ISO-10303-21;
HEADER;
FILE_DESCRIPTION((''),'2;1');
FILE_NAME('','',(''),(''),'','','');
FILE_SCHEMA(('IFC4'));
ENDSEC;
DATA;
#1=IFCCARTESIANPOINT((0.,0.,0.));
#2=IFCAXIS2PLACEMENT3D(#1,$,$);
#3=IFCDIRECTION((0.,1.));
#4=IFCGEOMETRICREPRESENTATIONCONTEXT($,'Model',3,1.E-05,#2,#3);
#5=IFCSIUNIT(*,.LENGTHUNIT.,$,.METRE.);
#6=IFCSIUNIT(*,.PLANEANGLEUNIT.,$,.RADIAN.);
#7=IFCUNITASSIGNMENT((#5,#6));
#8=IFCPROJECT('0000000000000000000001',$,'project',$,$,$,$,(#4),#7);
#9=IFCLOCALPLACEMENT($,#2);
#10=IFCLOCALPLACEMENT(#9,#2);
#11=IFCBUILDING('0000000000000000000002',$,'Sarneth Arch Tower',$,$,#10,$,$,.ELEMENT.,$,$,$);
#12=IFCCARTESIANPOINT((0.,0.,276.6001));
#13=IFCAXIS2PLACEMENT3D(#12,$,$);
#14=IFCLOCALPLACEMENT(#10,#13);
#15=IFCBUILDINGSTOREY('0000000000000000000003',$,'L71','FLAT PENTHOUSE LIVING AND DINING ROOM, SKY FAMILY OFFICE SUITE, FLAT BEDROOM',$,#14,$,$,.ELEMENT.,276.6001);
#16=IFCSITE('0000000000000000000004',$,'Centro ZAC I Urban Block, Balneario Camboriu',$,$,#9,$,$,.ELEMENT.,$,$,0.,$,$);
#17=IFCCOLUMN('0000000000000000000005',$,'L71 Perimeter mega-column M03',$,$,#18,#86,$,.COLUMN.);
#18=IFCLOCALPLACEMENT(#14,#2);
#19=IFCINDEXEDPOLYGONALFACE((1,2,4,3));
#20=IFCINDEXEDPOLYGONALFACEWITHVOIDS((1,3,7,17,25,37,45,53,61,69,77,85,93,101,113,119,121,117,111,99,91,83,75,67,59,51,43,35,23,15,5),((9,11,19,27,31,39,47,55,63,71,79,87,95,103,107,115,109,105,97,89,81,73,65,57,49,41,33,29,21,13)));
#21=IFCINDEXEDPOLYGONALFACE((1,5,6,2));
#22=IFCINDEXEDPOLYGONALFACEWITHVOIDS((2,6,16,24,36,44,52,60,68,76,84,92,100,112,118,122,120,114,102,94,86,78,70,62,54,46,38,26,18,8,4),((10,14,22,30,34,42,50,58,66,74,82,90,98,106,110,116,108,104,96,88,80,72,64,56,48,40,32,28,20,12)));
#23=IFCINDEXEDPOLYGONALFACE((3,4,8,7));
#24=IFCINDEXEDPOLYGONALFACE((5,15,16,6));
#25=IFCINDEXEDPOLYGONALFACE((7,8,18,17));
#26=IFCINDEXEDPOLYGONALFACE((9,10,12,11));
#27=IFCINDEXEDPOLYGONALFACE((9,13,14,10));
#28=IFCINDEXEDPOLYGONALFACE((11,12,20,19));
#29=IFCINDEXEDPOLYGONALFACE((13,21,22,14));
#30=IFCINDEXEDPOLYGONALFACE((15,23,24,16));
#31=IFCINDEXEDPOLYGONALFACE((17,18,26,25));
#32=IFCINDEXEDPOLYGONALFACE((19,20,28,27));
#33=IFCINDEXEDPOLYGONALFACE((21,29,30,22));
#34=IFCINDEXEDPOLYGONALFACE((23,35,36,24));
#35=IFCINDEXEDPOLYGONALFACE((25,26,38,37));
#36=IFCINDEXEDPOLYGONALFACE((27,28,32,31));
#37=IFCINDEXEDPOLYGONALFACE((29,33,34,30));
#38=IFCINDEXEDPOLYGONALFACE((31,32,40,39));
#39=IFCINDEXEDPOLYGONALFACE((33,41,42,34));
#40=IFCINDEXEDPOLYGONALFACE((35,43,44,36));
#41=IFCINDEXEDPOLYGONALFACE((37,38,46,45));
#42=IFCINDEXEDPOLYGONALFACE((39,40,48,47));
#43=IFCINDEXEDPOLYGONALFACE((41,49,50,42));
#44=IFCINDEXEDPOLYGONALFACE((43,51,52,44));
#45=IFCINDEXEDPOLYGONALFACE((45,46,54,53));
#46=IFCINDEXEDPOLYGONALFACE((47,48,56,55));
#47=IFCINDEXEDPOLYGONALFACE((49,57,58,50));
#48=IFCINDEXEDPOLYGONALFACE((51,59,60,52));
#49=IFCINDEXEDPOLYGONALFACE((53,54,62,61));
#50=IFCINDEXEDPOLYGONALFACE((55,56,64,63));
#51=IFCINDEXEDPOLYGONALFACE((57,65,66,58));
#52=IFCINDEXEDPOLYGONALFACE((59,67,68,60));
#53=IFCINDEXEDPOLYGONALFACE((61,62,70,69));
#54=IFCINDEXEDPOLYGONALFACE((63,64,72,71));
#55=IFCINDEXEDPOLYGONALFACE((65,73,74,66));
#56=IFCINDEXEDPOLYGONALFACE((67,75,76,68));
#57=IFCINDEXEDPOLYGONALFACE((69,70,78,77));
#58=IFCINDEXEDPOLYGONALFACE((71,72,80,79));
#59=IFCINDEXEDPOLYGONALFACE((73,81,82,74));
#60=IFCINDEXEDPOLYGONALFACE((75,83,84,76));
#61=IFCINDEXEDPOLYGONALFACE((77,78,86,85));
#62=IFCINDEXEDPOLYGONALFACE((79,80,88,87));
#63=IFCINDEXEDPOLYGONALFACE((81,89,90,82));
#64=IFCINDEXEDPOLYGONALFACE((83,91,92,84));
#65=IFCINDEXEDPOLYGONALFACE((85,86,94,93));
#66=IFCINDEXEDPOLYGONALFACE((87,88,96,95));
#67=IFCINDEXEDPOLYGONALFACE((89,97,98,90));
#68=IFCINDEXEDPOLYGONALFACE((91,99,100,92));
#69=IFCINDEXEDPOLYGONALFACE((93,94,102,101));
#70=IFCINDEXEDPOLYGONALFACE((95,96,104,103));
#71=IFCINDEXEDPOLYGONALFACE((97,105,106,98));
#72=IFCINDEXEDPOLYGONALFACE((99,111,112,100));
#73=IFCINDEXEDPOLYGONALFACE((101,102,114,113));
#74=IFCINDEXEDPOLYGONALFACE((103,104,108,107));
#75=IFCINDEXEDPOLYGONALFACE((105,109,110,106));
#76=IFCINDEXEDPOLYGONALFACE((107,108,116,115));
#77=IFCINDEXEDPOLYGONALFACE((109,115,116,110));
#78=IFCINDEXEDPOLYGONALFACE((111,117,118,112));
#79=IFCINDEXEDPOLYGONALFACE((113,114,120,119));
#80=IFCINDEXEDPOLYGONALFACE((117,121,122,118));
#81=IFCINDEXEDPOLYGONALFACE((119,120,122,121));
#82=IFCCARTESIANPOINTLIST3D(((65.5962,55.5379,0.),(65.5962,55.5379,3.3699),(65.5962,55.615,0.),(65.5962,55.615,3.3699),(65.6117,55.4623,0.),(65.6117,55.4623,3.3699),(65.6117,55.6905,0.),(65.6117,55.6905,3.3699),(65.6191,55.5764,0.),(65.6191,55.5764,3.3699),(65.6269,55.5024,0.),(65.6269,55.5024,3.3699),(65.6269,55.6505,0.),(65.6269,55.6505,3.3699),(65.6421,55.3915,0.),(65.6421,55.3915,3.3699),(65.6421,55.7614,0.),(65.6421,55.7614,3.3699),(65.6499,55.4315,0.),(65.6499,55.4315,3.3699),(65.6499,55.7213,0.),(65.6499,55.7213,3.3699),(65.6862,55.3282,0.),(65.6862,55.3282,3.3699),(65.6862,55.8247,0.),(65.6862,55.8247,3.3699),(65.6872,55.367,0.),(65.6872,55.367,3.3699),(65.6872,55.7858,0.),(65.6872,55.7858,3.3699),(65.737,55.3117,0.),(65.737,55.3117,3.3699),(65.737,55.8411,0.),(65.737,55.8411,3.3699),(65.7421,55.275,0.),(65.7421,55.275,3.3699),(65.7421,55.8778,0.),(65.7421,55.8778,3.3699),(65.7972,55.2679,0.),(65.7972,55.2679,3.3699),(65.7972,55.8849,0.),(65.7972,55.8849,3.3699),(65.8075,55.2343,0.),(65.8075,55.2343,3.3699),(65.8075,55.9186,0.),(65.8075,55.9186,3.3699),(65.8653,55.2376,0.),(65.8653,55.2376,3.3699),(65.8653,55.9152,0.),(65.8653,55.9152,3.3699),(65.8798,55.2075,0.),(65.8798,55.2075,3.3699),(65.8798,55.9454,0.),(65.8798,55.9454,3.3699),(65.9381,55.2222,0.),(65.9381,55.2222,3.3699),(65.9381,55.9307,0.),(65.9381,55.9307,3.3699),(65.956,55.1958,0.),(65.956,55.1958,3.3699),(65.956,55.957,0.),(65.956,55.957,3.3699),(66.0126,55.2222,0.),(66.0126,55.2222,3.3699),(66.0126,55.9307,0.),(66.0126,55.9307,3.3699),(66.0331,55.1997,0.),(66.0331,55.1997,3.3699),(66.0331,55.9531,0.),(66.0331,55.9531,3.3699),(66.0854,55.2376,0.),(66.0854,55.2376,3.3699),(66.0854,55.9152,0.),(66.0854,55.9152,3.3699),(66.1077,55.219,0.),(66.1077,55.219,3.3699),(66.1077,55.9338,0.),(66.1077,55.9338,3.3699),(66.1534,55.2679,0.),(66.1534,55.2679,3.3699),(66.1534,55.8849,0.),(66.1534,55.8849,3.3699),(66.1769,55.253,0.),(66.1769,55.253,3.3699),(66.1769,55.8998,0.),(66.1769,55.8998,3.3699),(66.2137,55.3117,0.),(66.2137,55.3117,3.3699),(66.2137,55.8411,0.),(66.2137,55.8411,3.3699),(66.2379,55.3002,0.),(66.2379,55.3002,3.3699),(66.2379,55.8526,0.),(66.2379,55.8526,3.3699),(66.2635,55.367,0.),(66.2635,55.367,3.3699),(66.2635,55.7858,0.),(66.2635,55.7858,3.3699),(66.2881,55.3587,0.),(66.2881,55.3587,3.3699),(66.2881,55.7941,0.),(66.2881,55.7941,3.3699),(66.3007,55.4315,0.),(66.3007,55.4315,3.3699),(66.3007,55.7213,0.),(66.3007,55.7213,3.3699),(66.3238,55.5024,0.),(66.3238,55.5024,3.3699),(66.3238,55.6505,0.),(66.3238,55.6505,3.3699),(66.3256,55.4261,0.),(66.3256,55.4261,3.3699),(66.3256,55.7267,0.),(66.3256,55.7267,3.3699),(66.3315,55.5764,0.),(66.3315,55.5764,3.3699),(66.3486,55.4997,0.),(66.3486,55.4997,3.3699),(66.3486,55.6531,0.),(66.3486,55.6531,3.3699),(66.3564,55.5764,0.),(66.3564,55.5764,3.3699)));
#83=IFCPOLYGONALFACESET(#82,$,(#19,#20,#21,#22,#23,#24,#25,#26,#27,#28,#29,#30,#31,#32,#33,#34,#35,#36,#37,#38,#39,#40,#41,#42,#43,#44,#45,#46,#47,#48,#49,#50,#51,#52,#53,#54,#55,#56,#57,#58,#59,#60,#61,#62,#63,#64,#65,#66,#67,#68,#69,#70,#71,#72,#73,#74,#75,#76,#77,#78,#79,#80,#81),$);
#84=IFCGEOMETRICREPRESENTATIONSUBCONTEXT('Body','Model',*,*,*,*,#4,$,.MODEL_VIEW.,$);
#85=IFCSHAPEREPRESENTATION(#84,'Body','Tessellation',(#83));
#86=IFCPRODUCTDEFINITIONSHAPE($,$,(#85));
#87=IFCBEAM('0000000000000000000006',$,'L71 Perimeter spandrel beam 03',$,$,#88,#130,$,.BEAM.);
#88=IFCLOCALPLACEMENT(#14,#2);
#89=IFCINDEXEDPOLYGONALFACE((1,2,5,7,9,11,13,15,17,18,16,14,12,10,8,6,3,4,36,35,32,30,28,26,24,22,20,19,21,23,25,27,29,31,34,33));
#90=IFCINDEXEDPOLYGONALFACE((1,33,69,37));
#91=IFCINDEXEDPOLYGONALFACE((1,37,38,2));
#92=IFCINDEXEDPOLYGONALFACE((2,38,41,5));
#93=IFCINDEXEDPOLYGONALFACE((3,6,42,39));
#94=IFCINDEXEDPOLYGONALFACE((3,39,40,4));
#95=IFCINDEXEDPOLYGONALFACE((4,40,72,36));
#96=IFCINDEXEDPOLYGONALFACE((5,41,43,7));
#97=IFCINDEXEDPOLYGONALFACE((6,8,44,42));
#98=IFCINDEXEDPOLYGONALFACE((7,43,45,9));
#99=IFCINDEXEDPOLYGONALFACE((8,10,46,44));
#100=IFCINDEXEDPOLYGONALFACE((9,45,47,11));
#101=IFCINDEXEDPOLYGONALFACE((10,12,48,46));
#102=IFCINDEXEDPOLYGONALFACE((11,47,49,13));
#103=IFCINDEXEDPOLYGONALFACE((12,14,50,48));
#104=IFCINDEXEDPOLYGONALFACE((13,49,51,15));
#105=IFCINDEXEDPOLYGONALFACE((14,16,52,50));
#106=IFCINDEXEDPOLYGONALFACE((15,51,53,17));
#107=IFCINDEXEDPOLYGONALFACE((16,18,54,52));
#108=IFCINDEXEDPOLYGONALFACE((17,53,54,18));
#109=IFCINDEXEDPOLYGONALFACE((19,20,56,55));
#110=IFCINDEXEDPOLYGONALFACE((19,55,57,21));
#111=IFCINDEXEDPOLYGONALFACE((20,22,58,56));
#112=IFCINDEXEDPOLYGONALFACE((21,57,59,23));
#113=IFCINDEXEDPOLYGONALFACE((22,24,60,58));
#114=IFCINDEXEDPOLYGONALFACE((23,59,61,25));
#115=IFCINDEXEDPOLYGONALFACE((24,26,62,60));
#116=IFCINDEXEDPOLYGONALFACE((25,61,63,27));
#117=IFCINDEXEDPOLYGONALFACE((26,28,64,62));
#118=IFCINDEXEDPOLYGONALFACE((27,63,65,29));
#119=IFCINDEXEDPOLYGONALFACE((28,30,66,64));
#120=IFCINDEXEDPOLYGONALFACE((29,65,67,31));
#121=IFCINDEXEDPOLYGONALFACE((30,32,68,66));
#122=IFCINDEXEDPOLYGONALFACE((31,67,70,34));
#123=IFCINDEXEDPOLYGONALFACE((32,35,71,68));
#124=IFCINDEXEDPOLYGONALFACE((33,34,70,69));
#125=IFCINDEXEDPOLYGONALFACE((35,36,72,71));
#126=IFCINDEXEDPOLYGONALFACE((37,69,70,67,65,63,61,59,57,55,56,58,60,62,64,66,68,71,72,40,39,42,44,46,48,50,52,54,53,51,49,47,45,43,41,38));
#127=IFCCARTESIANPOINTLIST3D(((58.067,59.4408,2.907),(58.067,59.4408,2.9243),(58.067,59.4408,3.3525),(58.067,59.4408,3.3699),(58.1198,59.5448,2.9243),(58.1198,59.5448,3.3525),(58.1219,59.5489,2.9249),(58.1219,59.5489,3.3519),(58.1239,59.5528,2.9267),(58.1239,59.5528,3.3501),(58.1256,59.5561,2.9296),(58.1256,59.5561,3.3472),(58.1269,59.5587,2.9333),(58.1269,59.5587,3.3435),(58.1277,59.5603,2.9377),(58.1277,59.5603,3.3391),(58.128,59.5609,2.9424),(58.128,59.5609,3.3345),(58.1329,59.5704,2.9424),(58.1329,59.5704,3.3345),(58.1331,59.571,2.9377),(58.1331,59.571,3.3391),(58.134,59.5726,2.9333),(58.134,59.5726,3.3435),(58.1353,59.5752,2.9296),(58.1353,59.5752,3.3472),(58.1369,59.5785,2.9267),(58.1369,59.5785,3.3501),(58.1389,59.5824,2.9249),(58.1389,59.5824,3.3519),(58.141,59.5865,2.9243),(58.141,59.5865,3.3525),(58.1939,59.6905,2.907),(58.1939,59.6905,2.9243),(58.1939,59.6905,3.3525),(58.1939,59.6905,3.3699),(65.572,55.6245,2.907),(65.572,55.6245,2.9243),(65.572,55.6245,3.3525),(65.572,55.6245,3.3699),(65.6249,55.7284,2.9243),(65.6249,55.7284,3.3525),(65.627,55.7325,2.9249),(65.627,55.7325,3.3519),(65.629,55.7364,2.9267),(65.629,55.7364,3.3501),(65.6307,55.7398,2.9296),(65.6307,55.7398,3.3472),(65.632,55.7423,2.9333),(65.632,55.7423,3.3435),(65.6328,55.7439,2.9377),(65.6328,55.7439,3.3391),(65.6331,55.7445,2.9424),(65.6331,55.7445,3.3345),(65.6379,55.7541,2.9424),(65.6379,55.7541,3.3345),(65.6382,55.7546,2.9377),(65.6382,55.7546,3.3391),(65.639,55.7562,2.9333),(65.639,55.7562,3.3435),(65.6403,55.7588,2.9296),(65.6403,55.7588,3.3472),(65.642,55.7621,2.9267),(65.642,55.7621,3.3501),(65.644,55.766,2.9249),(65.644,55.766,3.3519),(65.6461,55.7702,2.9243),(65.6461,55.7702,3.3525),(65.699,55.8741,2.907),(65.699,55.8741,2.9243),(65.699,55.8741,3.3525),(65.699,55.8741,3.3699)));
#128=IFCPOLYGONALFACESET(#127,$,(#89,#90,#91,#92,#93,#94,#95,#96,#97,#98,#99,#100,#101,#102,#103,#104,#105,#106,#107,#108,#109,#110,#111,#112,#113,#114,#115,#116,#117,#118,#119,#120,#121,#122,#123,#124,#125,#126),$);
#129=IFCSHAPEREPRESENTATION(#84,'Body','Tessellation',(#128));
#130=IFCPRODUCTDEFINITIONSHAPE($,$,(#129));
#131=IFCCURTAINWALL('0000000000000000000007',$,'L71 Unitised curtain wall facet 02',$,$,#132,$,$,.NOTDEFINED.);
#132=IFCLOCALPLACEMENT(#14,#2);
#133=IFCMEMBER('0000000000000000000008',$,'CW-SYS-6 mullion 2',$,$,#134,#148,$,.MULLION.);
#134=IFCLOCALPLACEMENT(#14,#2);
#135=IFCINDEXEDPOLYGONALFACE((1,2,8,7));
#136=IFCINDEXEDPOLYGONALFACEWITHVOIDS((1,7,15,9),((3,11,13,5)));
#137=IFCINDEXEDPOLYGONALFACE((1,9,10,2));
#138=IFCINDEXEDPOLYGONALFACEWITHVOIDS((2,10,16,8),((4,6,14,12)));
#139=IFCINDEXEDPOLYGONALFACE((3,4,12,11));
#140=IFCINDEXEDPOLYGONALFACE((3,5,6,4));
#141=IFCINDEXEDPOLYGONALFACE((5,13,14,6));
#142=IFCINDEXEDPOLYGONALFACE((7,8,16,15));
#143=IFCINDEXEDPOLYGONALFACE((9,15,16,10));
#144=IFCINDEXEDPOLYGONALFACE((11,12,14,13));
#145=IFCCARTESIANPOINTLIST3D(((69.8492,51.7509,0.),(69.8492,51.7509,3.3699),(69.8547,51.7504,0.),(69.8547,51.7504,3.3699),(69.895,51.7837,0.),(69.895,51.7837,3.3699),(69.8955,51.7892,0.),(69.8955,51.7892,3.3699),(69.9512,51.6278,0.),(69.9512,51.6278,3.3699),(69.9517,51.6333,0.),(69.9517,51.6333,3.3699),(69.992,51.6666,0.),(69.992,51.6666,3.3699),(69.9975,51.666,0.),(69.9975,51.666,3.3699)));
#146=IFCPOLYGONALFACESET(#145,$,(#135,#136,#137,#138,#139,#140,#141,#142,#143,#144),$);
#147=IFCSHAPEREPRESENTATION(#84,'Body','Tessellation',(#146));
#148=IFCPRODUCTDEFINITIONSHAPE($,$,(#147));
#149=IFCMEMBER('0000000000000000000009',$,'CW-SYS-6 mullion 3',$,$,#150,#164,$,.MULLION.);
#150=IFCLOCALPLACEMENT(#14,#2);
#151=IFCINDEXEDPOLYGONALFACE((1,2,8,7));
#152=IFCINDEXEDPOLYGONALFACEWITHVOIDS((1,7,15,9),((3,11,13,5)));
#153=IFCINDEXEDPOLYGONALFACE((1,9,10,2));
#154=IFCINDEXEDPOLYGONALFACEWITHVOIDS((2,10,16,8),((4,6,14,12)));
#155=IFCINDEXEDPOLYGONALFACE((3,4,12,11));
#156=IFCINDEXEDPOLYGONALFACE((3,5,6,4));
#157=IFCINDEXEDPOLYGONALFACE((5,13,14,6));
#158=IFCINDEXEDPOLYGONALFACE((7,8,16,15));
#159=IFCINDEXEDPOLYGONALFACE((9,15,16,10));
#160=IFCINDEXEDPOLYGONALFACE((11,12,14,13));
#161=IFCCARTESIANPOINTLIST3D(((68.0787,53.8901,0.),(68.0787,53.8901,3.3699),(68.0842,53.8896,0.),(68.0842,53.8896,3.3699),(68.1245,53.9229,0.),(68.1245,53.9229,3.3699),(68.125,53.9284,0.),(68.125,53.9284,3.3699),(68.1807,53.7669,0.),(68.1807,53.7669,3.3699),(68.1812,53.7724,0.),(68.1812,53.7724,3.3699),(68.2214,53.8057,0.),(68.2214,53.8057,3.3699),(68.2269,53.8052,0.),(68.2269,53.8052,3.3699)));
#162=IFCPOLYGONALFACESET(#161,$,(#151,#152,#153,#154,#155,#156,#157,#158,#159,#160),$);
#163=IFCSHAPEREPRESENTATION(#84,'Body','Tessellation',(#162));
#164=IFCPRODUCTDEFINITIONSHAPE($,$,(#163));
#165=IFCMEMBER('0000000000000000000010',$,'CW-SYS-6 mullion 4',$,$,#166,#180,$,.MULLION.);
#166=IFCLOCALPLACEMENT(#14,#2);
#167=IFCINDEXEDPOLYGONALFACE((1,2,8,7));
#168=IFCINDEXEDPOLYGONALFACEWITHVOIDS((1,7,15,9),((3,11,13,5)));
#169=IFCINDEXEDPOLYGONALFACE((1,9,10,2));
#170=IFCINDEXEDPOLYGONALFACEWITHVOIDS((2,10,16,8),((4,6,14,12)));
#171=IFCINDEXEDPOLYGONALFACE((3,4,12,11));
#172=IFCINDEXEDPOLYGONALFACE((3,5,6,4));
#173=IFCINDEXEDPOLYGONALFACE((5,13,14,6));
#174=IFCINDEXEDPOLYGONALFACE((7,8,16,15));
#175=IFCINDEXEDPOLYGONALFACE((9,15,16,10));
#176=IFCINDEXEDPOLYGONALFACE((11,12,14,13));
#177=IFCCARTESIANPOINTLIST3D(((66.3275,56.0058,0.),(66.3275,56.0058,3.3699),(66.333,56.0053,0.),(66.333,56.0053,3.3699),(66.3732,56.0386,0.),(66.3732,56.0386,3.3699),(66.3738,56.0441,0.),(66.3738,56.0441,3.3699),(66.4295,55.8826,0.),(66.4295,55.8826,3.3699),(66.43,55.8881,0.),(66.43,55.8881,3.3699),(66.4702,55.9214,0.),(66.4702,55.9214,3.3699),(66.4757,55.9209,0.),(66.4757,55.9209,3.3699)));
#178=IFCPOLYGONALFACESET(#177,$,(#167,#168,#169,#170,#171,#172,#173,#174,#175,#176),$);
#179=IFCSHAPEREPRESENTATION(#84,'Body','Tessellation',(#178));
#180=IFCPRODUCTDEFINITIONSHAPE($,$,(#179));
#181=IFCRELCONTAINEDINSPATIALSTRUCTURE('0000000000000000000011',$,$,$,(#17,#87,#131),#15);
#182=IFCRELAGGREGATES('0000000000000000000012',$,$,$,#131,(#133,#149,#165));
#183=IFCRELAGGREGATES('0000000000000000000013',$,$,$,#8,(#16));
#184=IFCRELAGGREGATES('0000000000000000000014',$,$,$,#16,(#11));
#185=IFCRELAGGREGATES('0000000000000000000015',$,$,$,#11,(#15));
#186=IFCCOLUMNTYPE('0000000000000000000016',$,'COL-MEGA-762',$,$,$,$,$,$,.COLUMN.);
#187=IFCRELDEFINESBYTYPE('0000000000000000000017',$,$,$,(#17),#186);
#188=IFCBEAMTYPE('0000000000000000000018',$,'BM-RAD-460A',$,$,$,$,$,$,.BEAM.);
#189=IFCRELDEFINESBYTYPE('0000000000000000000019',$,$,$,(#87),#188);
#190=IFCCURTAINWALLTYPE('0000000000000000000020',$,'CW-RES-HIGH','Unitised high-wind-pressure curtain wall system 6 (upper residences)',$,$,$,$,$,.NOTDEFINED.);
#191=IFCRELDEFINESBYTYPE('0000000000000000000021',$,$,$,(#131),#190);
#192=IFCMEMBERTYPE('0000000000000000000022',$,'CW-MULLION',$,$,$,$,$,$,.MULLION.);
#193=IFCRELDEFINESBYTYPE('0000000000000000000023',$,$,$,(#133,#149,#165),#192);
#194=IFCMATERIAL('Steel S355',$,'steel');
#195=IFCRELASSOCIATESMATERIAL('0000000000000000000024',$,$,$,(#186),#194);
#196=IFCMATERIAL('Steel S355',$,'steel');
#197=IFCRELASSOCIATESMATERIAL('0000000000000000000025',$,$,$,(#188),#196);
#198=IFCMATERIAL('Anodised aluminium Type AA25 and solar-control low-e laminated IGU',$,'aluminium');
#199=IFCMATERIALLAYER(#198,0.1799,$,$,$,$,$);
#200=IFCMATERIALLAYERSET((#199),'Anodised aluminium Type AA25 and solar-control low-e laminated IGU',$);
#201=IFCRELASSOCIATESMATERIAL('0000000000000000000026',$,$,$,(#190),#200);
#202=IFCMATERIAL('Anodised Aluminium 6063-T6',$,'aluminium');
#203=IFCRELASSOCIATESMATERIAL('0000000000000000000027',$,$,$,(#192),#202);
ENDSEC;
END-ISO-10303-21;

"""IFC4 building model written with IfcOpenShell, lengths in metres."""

from ifc_helpers import new_model, si_unit, direction, frame, origin, origin_2d, place, context, subcontext, project, spatial, hollow_rectangle, hollow_circle, i_section, extrude, material, layer, layer_set, material_profile, profile_set, type_object, element, aggregate, save


model = new_model("IFC4")

# Units and contexts
model_context = context("Model", 3, precision=1e-05, world=origin(), true_north=direction((0.0, 1.0)))
body_context = subcontext(model_context, "Body", "Model", "MODEL_VIEW")
ifc_project = project(units=[si_unit("LENGTHUNIT", "METRE"), si_unit("PLANEANGLEUNIT", "RADIAN")], contexts=[model_context])

# Site, building, storey
site_placement = place(None, origin())
site = spatial("IfcSite", under=ifc_project, at=site_placement, Name="Centro ZAC I Urban Block, Balneario Camboriu", CompositionType="ELEMENT", RefElevation=0.0)
building_placement = place(site_placement, origin())
building = spatial("IfcBuilding", under=site, at=building_placement, Name="Sarneth Arch Tower", CompositionType="ELEMENT")
storey_placement = place(building_placement, frame((0.0, 0.0, 276.6001)))
storey = spatial("IfcBuildingStorey", under=building, at=storey_placement, Name="L71", Description="FLAT PENTHOUSE LIVING AND DINING ROOM, SKY FAMILY OFFICE SUITE, FLAT BEDROOM", CompositionType="ELEMENT", Elevation=276.6001)

# Column
ifc_material_1 = material(Name="Steel S355", Category="steel")
ifc_material_profile_1 = material_profile(ifc_material_1, hollow_circle(Radius=0.3811, WallThickness=0.0249, at=origin_2d()), Name="CHS762x25")
ifc_profile_set_1 = profile_set([ifc_material_profile_1], Name="Steel S355")
column_type = type_object("IfcColumnType", Name="COL-MEGA-762", PredefinedType="COLUMN", material=ifc_profile_set_1)
column_placement = place(storey_placement, frame((65.9753, 55.5764, 0.0), z_axis=(0.0, 0.0, 1.0), x_axis=(1.0, 0.0, 0.0)))
element("IfcColumn", 1, at=column_placement, inside=storey, type_object=column_type, Name="L71 Perimeter mega-column M03", PredefinedType="COLUMN", context=body_context, shape_type="SweptSolid", body=[
    extrude(hollow_circle(Radius=0.3811, WallThickness=0.0249, at=origin_2d()), origin(), (0.0, 0.0, 1.0), 3.3699),
])

# Beam
ifc_material_2 = material(Name="Steel S355", Category="steel")
ifc_material_profile_2 = material_profile(ifc_material_2, i_section(OverallWidth=0.28, OverallDepth=0.4629, WebThickness=0.0107, FlangeThickness=0.0173, FilletRadius=0.0181, at=origin_2d()), Name="W460x113")
ifc_profile_set_2 = profile_set([ifc_material_profile_2], Name="Steel S355")
beam_type = type_object("IfcBeamType", Name="BM-RAD-460A", PredefinedType="BEAM", material=ifc_profile_set_2)
beam_placement = place(storey_placement, frame((65.6355, 55.7493, 3.1384), z_axis=(-0.891374, 0.453269, 0.0), x_axis=(-0.453269, -0.891374, 0.0)))
element("IfcBeam", 2, at=beam_placement, inside=storey, type_object=beam_type, Name="L71 Perimeter spandrel beam 03", PredefinedType="BEAM", context=body_context, shape_type="SweptSolid", body=[
    extrude(i_section(OverallWidth=0.28, OverallDepth=0.4629, WebThickness=0.0107, FlangeThickness=0.0173, FilletRadius=0.0181, at=origin_2d()), origin(), (0.0, 0.0, 1.0), 8.4197),
])

# Curtain wall, members
ifc_material_3 = material(Name="Anodised aluminium Type AA25 and solar-control low-e laminated IGU", Category="aluminium")
ifc_layer_1 = layer(ifc_material_3, 0.1799)
ifc_layer_set_1 = layer_set([ifc_layer_1], Name="Anodised aluminium Type AA25 and solar-control low-e laminated IGU")
curtain_wall_type = type_object("IfcCurtainWallType", Name="CW-RES-HIGH", Description="Unitised high-wind-pressure curtain wall system 6 (upper residences)", PredefinedType="NOTDEFINED", material=ifc_layer_set_1)
curtain_wall_placement = place(storey_placement, origin())
curtain_wall = element("IfcCurtainWall", 3, at=curtain_wall_placement, inside=storey, type_object=curtain_wall_type, Name="L71 Unitised curtain wall facet 02", PredefinedType="NOTDEFINED")
ifc_material_4 = material(Name="Anodised Aluminium 6063-T6", Category="aluminium")
ifc_material_profile_3 = material_profile(ifc_material_4, hollow_rectangle(XDim=0.0601, YDim=0.1599, WallThickness=0.0039, at=origin_2d()), Name="AL-MULL-160x60x4")
ifc_profile_set_3 = profile_set([ifc_material_profile_3], Name="Anodised Aluminium 6063-T6")
member_type_1 = type_object("IfcMemberType", Name="CW-MULLION", PredefinedType="MULLION", material=ifc_profile_set_3)
member_1_placement = place(storey_placement, frame((69.9233, 51.7085, 0.0), z_axis=(0.0, 0.0, 1.0), x_axis=(-0.770359, -0.63761, 0.0)))
member_1 = element("IfcMember", 4, at=member_1_placement, type_object=member_type_1, Name="CW-SYS-6 mullion 2", PredefinedType="MULLION", context=body_context, shape_type="SweptSolid", body=[
    extrude(hollow_rectangle(XDim=0.0601, YDim=0.1599, WallThickness=0.0039, at=origin_2d()), origin(), (0.0, 0.0, 1.0), 3.3699),
])
member_2_placement = place(storey_placement, frame((68.1528, 53.8477, 0.0), z_axis=(0.0, 0.0, 1.0), x_axis=(-0.770359, -0.63761, 0.0)))
member_2 = element("IfcMember", 5, at=member_2_placement, type_object=member_type_1, Name="CW-SYS-6 mullion 3", PredefinedType="MULLION", context=body_context, shape_type="SweptSolid", body=[
    extrude(hollow_rectangle(XDim=0.0601, YDim=0.1599, WallThickness=0.0039, at=origin_2d()), origin(), (0.0, 0.0, 1.0), 3.3699),
])
member_3_placement = place(storey_placement, frame((66.4016, 55.9634, 0.0), z_axis=(0.0, 0.0, 1.0), x_axis=(-0.770359, -0.63761, 0.0)))
member_3 = element("IfcMember", 6, at=member_3_placement, type_object=member_type_1, Name="CW-SYS-6 mullion 4", PredefinedType="MULLION", context=body_context, shape_type="SweptSolid", body=[
    extrude(hollow_rectangle(XDim=0.0601, YDim=0.1599, WallThickness=0.0039, at=origin_2d()), origin(), (0.0, 0.0, 1.0), 3.3699),
])

aggregate(curtain_wall, [member_1, member_2, member_3])

save(model, "model.ifc")
